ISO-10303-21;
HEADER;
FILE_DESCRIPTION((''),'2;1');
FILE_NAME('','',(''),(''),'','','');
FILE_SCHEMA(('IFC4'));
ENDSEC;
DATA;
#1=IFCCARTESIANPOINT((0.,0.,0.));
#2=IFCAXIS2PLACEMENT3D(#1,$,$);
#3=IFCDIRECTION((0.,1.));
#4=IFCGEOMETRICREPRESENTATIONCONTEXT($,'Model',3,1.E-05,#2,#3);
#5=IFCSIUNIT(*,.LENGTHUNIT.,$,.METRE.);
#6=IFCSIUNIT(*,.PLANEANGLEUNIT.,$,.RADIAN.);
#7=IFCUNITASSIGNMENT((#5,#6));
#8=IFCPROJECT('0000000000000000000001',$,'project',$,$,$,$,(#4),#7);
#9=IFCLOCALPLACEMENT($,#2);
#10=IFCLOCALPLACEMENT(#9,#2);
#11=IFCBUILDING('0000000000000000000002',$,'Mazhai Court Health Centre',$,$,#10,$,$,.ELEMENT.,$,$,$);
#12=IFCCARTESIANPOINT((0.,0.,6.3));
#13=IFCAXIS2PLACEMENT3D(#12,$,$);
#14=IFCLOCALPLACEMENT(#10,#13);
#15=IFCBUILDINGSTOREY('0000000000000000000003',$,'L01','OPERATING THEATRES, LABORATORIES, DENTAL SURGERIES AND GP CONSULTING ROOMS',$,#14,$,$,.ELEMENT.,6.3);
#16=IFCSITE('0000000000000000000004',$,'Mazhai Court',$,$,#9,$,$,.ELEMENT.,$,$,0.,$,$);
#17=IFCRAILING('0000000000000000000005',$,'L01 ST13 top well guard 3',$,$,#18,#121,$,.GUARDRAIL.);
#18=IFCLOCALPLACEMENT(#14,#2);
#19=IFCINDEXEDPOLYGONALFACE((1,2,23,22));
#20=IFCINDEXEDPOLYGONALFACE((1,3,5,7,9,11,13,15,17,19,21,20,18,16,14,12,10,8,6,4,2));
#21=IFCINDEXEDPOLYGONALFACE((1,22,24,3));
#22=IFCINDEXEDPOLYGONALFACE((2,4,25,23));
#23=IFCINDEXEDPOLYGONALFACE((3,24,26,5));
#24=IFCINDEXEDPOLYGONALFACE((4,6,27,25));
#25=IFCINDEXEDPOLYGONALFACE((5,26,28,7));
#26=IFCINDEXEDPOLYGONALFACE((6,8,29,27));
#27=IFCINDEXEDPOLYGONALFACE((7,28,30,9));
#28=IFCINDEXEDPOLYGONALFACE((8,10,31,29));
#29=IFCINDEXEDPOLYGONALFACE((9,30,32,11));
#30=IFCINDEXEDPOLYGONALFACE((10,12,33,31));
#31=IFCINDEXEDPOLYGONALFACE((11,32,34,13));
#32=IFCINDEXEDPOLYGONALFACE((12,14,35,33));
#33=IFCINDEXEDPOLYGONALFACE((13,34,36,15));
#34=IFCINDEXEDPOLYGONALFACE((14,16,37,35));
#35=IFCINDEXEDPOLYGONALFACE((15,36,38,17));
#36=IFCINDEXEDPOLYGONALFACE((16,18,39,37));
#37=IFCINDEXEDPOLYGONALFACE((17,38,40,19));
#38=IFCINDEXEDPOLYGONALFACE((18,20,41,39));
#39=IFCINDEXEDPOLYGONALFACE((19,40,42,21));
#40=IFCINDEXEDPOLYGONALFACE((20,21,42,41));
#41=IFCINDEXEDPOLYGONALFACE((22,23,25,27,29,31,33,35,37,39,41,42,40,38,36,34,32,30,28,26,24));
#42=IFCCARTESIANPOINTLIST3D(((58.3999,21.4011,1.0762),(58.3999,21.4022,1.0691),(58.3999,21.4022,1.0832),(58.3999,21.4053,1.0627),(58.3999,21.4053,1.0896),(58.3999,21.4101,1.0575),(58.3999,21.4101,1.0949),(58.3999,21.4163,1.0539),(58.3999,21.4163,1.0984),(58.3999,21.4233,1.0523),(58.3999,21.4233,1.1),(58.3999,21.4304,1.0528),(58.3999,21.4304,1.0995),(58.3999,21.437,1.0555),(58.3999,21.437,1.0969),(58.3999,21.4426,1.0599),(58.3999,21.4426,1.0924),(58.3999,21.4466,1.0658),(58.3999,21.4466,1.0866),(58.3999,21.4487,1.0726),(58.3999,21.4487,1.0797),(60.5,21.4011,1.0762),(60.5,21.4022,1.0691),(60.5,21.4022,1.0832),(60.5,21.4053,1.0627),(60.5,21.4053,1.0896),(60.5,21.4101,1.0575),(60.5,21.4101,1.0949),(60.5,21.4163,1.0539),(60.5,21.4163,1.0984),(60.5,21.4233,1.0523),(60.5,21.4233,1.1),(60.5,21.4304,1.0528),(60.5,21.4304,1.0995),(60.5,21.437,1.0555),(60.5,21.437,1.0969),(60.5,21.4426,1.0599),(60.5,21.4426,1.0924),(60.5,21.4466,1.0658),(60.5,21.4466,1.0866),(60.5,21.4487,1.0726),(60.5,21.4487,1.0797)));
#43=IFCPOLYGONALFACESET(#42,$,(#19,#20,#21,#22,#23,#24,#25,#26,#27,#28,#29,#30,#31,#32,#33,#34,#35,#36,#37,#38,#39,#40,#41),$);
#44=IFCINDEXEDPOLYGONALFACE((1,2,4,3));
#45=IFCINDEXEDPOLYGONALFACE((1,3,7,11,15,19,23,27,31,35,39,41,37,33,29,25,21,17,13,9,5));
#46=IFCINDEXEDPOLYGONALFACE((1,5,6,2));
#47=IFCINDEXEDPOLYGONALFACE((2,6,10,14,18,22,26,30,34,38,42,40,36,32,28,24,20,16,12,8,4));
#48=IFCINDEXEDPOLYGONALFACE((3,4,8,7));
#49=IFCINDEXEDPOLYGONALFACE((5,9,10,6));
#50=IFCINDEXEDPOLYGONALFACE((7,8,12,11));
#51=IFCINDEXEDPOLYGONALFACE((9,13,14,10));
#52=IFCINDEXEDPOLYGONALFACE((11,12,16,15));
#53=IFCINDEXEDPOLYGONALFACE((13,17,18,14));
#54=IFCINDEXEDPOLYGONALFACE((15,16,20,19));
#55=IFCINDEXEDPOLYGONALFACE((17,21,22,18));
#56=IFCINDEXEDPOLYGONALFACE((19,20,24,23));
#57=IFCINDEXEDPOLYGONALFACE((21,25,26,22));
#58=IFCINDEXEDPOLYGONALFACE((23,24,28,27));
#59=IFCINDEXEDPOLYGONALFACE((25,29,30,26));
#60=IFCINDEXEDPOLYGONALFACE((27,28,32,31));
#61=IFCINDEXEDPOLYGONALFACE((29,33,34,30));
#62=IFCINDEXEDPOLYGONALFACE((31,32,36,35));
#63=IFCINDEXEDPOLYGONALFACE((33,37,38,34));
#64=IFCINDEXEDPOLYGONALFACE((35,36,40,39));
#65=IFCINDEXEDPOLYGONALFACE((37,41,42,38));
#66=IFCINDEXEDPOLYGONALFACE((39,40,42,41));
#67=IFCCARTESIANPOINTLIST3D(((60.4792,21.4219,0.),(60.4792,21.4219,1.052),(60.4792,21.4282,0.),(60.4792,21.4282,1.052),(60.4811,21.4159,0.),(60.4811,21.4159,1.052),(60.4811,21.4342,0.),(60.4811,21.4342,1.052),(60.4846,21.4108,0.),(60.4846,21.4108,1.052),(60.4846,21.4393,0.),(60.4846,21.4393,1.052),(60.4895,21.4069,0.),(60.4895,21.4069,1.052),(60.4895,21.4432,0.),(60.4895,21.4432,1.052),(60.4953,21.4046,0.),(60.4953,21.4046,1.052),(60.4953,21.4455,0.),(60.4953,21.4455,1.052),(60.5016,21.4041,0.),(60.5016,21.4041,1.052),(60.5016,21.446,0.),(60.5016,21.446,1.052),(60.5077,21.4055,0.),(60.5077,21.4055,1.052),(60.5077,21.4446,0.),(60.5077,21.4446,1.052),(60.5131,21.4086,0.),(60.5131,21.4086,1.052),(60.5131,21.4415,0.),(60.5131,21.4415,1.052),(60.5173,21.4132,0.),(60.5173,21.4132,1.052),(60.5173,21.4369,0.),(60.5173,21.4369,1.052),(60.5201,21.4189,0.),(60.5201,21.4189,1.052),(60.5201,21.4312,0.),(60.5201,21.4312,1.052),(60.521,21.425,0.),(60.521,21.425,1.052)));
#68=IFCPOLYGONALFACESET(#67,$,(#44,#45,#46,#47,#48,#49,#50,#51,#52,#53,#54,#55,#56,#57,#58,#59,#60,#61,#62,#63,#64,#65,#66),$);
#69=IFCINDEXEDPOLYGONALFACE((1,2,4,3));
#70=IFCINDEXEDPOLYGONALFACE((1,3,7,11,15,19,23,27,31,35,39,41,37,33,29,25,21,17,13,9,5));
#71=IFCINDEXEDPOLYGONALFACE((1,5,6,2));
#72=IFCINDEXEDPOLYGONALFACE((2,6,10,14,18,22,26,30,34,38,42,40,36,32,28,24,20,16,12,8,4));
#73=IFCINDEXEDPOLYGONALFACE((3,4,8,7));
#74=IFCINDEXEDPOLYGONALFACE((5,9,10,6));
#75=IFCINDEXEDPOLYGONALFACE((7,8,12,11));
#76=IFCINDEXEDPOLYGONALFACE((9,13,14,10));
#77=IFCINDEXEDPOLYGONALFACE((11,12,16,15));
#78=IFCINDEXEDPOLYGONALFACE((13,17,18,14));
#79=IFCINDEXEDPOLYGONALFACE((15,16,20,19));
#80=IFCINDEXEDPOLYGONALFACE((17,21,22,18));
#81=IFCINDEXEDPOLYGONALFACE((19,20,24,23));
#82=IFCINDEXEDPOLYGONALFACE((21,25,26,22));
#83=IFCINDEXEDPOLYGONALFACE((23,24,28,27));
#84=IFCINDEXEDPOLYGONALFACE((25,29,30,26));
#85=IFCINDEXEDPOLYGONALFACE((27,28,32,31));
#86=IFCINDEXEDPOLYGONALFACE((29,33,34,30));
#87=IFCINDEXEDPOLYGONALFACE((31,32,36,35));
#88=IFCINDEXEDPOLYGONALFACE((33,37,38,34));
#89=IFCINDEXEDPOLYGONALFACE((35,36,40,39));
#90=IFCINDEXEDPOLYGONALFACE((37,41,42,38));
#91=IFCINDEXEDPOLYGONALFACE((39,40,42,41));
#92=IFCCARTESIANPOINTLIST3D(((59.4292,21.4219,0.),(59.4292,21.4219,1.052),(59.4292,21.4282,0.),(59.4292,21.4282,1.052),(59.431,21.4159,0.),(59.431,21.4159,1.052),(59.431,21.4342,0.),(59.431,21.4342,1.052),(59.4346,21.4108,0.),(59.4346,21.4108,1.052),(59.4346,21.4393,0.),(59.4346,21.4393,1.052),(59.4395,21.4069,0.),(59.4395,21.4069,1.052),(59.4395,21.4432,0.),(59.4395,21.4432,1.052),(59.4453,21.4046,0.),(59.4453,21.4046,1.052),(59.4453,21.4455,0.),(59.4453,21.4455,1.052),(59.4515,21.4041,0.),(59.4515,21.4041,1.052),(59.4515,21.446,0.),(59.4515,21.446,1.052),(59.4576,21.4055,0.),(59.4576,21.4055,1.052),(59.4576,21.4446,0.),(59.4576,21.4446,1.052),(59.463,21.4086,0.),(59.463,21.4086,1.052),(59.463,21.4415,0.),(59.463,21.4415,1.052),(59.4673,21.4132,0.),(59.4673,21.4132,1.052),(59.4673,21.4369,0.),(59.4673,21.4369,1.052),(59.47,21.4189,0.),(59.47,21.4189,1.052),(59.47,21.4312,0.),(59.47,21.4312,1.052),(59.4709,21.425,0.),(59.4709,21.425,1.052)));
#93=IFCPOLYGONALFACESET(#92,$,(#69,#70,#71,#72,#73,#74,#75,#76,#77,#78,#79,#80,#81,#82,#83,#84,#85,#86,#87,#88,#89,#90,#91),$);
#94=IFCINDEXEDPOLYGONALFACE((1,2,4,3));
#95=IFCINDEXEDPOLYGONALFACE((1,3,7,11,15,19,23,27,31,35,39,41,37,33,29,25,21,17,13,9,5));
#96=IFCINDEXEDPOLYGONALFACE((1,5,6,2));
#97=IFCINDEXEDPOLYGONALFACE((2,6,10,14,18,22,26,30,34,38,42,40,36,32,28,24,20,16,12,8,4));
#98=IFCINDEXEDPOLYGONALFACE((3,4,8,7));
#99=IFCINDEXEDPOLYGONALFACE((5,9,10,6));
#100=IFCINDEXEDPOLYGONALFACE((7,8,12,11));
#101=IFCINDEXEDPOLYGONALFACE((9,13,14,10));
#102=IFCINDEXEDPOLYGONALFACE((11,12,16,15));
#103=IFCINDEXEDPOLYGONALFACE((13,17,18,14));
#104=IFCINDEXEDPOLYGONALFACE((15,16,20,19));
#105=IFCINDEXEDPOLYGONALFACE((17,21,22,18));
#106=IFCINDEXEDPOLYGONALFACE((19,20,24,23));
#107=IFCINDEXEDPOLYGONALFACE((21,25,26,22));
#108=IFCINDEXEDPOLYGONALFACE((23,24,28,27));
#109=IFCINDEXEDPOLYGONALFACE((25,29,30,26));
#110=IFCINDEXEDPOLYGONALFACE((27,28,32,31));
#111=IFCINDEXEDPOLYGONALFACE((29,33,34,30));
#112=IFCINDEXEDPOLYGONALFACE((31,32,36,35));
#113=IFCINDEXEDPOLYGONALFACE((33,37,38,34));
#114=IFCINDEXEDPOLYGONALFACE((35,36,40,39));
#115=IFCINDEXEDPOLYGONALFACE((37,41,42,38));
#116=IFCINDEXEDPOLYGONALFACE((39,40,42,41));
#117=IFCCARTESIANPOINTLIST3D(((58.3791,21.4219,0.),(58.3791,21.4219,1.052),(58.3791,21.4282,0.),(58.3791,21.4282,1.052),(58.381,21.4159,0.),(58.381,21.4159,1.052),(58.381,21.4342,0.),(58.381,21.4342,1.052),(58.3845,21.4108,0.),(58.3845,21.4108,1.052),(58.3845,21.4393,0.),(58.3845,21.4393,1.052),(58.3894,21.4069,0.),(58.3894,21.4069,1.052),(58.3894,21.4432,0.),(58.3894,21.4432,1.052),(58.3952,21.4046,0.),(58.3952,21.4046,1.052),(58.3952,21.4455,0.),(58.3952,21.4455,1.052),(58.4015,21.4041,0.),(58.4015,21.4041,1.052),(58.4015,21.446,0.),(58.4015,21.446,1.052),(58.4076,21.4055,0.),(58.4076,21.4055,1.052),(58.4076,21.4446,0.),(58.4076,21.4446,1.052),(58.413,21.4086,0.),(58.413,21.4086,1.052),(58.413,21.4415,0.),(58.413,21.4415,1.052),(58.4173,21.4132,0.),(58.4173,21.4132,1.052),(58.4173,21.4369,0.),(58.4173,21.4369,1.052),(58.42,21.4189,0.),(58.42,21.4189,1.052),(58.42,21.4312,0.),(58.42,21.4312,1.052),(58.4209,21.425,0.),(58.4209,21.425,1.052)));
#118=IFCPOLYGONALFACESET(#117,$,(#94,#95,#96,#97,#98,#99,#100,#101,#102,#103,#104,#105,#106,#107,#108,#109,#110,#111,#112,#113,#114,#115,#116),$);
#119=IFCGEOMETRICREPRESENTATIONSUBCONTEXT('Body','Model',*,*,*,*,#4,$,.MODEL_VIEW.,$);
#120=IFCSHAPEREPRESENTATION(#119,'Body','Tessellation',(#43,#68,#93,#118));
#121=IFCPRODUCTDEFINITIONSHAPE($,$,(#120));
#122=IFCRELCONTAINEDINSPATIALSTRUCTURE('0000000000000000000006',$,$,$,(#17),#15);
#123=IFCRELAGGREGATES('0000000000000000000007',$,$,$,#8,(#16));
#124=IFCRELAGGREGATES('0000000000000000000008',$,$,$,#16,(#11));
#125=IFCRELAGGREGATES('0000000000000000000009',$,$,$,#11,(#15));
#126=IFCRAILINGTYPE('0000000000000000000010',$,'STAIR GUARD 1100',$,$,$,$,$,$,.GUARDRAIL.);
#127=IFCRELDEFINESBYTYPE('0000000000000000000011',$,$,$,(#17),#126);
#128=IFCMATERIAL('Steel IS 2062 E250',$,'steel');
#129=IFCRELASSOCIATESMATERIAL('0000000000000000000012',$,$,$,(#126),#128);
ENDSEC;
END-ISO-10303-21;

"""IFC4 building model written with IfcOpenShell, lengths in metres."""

from ifc_helpers import new_model, si_unit, direction, frame, origin, origin_2d, place, context, subcontext, project, spatial, circle, extrude, material, type_object, element, save


model = new_model("IFC4")

# Units and contexts
model_context = context("Model", 3, precision=1e-05, world=origin(), true_north=direction((0.0, 1.0)))
body_context = subcontext(model_context, "Body", "Model", "MODEL_VIEW")
ifc_project = project(units=[si_unit("LENGTHUNIT", "METRE"), si_unit("PLANEANGLEUNIT", "RADIAN")], contexts=[model_context])

# Site, building, storey
site_placement = place(None, origin())
site = spatial("IfcSite", under=ifc_project, at=site_placement, Name="Mazhai Court", CompositionType="ELEMENT", RefElevation=0.0)
building_placement = place(site_placement, origin())
building = spatial("IfcBuilding", under=site, at=building_placement, Name="Mazhai Court Health Centre", CompositionType="ELEMENT")
storey_placement = place(building_placement, frame((0.0, 0.0, 6.3)))
storey = spatial("IfcBuildingStorey", under=building, at=storey_placement, Name="L01", Description="OPERATING THEATRES, LABORATORIES, DENTAL SURGERIES AND GP CONSULTING ROOMS", CompositionType="ELEMENT", Elevation=6.3)

# Railing
ifc_material_1 = material(Name="Steel IS 2062 E250", Category="steel")
railing_type_1 = type_object("IfcRailingType", Name="STAIR GUARD 1100", PredefinedType="GUARDRAIL", material=ifc_material_1)
railing_1_placement = place(storey_placement, frame((60.5, 21.425, 0.0)))
element("IfcRailing", 1, at=railing_1_placement, inside=storey, type_object=railing_type_1, Name="L01 ST13 top well guard 3", PredefinedType="GUARDRAIL", context=body_context, shape_type="SweptSolid", body=[
    extrude(circle(Radius=0.0239, at=origin_2d()), frame((0.0, 0.0, 1.0762), z_axis=(-1.0, 0.0, 0.0), x_axis=(0.0, -1.0, 0.0)), (0.0, 0.0, 1.0), 2.1001),
    extrude(circle(Radius=0.021, at=origin_2d()), origin(), (0.0, 0.0, 1.0), 1.052),
    extrude(circle(Radius=0.021, at=origin_2d()), frame((-1.05, 0.0, 0.0)), (0.0, 0.0, 1.0), 1.052),
    extrude(circle(Radius=0.021, at=origin_2d()), frame((-2.1001, 0.0, 0.0)), (0.0, 0.0, 1.0), 1.052),
])

save(model, "model.ifc")
